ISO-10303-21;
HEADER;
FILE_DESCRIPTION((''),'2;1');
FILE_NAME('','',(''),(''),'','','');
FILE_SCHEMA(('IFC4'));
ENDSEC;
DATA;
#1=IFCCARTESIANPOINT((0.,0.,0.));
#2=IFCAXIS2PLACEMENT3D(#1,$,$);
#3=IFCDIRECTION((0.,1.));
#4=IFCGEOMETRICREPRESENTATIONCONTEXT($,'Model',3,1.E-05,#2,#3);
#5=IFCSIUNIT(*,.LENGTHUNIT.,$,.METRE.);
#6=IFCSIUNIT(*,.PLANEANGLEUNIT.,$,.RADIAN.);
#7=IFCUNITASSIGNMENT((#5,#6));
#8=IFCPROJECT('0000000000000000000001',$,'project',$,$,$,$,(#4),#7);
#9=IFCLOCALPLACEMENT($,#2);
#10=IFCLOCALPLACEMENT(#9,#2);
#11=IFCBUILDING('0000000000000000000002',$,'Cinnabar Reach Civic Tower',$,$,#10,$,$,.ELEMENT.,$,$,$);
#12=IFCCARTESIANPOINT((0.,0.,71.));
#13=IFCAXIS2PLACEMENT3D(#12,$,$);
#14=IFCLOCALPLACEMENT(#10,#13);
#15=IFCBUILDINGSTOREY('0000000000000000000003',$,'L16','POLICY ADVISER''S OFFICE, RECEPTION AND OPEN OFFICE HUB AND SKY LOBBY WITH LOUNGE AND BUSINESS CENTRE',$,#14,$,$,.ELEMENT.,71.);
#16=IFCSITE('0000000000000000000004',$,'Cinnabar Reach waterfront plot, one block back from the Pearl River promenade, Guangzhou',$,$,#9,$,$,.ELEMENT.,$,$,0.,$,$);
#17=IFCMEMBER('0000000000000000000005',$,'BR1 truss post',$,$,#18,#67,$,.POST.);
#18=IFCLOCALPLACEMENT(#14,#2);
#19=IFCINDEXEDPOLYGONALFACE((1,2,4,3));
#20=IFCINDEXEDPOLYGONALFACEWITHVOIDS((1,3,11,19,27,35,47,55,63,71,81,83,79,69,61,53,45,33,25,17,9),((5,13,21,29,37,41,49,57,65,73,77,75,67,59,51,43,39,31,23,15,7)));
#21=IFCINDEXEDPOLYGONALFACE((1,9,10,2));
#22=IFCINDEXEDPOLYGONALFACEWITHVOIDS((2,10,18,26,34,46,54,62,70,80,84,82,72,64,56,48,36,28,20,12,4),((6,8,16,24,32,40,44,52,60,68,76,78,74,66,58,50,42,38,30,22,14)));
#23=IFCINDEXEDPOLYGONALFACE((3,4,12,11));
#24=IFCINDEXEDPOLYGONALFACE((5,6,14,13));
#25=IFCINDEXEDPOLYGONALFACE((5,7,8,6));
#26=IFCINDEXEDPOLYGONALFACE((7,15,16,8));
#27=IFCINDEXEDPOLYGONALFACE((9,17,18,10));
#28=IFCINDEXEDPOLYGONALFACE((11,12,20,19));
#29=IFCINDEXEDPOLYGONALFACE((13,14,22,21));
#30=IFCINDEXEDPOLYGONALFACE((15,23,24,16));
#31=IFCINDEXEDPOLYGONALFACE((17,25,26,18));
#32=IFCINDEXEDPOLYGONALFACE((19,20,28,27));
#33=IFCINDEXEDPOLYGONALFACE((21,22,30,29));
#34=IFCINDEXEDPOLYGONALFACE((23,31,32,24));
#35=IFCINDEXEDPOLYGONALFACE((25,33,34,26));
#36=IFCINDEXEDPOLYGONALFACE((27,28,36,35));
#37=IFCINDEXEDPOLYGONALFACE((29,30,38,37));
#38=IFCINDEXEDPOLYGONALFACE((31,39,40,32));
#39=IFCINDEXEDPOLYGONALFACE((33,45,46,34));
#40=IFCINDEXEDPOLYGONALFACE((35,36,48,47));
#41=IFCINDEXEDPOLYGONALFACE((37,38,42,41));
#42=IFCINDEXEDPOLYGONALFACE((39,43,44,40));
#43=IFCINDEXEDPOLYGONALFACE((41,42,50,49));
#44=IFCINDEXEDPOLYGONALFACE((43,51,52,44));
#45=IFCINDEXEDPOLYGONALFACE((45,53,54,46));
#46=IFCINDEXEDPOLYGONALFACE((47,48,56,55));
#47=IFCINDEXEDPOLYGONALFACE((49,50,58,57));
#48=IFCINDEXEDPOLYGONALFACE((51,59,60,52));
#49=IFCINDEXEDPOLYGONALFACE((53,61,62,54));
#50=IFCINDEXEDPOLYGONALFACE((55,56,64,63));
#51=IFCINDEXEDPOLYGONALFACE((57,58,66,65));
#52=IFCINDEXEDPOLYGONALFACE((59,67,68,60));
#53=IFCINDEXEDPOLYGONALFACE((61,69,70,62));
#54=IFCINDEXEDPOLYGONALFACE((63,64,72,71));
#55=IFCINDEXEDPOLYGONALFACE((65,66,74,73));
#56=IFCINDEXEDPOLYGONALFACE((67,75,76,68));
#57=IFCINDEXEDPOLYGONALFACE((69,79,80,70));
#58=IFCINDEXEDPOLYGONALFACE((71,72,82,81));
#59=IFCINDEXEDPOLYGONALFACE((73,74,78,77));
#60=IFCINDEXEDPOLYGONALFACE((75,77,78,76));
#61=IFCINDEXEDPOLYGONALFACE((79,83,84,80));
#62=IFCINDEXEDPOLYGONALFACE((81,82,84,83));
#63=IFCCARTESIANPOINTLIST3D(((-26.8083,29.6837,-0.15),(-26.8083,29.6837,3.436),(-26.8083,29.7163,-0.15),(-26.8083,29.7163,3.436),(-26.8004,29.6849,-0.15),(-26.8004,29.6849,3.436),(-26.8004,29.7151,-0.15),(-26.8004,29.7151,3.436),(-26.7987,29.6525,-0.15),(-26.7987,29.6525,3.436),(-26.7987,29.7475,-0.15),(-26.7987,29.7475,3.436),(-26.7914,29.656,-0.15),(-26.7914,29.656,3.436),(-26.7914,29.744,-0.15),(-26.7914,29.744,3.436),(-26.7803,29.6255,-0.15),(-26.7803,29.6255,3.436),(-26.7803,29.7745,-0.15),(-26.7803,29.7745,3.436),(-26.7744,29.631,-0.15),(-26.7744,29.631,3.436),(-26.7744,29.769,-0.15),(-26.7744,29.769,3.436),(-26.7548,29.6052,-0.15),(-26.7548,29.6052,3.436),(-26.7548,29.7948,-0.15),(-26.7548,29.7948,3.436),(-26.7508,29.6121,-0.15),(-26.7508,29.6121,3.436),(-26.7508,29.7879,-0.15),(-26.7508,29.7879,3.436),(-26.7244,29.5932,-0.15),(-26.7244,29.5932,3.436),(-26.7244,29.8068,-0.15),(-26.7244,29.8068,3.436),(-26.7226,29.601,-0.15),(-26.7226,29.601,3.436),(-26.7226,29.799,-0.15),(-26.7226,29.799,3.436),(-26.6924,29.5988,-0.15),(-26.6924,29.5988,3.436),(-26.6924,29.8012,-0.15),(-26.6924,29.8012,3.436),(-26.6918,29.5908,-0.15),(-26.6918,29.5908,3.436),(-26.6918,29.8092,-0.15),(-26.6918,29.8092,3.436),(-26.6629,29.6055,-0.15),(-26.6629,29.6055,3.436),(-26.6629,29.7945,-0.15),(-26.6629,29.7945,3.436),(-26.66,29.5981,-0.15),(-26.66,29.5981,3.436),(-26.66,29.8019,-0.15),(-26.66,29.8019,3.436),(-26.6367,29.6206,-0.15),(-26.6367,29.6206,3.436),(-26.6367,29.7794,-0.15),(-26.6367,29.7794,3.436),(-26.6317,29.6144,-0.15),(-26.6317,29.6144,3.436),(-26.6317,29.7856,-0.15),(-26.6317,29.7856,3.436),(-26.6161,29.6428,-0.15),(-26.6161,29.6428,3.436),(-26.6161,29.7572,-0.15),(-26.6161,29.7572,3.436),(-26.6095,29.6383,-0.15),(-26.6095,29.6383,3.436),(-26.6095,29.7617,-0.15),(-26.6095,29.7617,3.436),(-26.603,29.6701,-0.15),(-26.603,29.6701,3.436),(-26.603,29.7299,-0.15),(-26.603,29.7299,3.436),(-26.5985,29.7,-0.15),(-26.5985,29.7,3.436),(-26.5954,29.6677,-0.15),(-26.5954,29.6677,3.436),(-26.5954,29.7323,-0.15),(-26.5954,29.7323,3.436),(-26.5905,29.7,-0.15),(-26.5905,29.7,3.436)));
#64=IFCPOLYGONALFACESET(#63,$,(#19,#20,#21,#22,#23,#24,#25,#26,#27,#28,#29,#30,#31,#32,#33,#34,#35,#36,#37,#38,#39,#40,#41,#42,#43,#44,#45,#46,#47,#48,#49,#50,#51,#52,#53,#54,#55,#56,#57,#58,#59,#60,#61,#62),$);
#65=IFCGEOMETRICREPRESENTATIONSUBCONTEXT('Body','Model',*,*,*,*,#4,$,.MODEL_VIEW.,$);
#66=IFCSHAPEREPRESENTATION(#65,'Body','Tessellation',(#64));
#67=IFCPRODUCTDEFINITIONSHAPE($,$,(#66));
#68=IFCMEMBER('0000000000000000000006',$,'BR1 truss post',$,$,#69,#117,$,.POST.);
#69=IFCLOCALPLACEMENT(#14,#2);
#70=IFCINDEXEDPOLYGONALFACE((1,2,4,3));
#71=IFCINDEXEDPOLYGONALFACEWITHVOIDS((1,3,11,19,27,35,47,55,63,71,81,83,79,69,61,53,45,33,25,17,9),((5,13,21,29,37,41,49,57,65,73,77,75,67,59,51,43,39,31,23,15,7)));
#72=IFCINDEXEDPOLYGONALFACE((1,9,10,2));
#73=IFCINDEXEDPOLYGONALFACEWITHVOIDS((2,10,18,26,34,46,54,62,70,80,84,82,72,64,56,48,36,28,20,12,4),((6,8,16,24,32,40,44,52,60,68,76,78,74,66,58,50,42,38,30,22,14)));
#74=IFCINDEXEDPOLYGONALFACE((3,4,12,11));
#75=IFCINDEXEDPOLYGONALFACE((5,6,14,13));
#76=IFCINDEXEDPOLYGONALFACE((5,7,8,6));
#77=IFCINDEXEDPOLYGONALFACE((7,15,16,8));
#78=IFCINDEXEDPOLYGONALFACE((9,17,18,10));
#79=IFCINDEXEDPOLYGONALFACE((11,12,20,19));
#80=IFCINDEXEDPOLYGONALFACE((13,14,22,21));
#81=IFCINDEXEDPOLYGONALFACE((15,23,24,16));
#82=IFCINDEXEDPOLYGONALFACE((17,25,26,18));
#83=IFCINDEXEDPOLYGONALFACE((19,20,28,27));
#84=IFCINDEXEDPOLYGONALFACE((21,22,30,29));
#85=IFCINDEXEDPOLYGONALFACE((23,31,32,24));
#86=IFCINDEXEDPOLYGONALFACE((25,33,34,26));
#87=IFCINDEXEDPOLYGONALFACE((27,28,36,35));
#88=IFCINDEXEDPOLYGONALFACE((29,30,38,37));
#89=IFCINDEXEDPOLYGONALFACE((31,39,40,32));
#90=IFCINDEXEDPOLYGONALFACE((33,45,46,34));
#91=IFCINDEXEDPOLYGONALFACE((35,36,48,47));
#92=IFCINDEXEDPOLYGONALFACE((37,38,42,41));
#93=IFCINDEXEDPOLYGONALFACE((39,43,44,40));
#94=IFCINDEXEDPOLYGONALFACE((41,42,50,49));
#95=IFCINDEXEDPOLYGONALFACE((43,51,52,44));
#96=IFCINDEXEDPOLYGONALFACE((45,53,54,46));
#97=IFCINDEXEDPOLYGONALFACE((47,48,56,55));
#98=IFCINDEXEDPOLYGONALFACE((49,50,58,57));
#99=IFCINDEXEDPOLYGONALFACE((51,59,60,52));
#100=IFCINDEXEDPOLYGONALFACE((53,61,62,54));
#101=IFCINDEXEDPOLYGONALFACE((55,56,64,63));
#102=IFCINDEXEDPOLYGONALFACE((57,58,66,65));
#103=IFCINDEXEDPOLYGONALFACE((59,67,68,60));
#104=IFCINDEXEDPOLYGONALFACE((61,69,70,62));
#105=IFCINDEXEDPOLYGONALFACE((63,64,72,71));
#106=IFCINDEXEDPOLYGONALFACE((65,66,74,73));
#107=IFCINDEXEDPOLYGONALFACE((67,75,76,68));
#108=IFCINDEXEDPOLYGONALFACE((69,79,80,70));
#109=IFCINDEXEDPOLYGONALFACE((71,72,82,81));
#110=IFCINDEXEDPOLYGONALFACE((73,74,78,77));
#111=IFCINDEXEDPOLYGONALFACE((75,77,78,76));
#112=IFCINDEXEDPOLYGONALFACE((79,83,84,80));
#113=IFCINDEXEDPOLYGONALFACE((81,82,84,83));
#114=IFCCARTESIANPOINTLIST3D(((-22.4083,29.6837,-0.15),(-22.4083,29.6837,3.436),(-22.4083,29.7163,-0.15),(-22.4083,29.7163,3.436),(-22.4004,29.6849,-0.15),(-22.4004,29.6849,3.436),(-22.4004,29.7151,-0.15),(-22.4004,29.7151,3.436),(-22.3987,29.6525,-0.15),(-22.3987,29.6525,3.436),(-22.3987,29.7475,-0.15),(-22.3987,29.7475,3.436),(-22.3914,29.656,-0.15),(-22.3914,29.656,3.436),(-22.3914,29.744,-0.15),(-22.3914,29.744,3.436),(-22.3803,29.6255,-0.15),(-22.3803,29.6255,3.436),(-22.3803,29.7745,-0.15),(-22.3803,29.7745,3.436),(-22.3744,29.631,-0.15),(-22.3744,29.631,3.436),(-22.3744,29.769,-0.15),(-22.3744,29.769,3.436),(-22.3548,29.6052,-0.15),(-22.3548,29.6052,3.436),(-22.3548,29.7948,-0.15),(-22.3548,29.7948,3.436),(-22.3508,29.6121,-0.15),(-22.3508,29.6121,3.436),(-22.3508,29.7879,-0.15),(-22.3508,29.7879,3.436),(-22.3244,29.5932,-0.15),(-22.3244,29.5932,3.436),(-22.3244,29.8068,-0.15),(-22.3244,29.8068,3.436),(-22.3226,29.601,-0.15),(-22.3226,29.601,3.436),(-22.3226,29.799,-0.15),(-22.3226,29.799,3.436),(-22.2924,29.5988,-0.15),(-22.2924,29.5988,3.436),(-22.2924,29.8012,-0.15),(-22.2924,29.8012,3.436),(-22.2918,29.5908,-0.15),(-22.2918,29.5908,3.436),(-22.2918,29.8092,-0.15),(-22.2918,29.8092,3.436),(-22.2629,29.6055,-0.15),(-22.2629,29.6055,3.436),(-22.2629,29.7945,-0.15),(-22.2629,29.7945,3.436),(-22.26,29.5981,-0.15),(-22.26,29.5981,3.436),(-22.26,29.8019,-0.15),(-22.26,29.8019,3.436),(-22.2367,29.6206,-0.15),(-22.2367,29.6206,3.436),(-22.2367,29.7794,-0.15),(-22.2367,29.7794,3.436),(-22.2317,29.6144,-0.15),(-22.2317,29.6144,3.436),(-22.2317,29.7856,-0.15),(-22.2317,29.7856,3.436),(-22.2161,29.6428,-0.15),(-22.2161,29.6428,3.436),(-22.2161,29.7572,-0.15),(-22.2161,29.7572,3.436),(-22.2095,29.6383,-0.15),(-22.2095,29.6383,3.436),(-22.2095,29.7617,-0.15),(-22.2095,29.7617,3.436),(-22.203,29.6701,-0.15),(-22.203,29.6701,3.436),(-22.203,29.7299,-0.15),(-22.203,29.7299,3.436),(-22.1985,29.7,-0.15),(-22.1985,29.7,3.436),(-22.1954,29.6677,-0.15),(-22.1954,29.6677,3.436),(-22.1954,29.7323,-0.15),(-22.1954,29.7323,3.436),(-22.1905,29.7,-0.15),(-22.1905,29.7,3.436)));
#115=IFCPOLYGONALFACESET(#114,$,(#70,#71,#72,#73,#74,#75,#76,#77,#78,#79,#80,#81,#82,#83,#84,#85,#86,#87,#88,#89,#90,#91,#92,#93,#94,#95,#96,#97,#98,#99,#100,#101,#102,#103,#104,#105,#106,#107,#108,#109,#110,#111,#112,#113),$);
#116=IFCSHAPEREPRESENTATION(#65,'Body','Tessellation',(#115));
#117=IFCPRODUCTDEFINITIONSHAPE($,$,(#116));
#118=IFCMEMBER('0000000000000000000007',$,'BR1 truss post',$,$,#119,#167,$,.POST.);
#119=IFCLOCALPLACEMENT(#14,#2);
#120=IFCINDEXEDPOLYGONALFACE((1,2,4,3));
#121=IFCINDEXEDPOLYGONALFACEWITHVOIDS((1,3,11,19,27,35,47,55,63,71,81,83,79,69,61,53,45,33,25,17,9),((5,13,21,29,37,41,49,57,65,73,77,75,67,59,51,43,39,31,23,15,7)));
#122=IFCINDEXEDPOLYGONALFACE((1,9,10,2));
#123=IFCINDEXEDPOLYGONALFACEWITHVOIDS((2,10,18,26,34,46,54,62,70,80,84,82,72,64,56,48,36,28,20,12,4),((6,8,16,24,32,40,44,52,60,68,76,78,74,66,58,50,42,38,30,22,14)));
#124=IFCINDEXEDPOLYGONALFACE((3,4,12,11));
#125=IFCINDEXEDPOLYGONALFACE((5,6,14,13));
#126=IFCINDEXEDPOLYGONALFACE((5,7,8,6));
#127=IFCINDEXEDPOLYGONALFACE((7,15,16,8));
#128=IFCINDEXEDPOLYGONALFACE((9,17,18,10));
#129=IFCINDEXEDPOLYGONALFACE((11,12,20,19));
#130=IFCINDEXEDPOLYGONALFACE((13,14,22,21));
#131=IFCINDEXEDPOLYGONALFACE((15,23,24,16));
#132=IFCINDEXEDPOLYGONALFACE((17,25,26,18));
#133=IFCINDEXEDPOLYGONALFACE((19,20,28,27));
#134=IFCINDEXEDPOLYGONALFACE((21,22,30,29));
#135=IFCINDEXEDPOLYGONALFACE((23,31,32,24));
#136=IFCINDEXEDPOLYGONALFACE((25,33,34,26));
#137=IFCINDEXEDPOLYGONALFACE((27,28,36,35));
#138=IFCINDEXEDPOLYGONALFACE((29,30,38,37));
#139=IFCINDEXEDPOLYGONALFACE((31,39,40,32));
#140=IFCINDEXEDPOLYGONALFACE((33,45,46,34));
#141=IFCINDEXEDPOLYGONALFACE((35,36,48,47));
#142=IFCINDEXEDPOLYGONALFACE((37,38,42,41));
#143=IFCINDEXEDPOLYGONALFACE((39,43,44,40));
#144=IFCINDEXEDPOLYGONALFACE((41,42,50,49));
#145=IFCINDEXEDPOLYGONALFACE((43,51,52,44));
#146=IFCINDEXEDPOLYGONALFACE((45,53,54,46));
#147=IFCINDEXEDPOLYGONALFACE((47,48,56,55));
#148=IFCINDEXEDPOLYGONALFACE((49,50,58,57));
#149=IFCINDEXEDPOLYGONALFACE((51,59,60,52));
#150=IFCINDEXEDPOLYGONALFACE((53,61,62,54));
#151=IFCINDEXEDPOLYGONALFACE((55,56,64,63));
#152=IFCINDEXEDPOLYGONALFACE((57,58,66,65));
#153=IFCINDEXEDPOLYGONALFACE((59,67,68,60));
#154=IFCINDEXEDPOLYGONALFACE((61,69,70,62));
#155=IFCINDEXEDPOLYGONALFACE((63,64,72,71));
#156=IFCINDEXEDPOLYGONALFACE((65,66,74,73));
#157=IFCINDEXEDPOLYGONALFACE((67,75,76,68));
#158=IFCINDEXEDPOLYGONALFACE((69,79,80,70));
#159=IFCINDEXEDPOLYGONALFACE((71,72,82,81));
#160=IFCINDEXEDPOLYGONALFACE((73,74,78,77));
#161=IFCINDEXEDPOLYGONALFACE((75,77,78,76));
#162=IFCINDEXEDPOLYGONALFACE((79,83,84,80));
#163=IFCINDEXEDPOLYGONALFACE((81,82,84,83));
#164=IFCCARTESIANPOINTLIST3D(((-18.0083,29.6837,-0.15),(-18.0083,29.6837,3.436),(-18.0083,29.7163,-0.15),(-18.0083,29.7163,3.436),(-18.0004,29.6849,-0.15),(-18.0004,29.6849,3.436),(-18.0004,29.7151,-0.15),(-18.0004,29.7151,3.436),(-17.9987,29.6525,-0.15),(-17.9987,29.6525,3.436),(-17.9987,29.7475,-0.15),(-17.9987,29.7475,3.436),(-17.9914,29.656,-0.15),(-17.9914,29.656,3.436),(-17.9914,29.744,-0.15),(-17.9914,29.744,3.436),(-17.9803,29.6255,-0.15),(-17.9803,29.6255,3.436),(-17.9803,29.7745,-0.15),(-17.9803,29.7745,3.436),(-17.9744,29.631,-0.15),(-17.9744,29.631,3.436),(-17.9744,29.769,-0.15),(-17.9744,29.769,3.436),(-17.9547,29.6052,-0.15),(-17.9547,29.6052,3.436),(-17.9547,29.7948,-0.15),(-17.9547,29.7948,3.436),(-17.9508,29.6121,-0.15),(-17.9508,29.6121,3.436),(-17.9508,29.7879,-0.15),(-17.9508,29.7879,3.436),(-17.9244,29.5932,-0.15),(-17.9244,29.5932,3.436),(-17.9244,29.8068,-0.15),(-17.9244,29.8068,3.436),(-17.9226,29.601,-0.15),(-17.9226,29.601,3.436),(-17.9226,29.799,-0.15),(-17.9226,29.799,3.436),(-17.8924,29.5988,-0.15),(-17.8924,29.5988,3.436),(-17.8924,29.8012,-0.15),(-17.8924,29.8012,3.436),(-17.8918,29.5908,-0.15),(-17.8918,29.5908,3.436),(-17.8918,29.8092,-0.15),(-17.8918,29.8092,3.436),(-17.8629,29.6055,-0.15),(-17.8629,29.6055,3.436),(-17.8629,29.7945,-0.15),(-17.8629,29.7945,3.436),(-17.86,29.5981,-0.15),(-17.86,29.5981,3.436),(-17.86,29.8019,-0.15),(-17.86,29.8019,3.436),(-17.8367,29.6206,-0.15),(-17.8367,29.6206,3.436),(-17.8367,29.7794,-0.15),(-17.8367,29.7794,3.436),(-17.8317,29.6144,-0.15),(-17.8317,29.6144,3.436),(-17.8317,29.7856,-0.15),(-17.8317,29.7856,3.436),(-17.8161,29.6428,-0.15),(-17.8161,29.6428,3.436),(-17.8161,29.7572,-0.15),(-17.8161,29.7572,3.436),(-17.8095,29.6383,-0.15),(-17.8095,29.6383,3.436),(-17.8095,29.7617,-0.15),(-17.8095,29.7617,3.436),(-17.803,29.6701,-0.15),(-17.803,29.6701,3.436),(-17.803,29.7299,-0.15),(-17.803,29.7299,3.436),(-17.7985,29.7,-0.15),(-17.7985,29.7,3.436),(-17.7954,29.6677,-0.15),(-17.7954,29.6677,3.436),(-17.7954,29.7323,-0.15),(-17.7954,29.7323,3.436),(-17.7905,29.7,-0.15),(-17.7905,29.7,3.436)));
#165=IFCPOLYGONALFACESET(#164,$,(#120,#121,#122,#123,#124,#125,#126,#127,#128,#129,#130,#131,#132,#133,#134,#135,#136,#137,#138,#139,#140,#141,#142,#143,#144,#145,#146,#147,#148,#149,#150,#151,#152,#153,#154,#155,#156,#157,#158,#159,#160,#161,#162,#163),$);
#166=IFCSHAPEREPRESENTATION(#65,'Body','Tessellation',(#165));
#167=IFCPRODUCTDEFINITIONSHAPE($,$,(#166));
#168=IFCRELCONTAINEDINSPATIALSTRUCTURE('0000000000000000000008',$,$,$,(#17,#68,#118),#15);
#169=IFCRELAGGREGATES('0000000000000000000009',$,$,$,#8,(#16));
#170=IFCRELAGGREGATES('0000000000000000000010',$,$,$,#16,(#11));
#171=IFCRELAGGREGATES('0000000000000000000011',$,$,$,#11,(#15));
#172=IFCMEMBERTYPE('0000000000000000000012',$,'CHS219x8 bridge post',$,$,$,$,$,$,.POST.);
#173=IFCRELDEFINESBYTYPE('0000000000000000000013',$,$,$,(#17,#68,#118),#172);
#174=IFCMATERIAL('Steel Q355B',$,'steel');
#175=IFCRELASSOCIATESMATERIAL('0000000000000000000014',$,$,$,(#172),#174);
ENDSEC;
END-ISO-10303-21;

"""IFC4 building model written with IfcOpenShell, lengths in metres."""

from ifc_helpers import new_model, si_unit, direction, frame, origin, origin_2d, place, context, subcontext, project, spatial, hollow_circle, extrude, material, material_profile, profile_set, type_object, element, save


model = new_model("IFC4")

# Units and contexts
model_context = context("Model", 3, precision=1e-05, world=origin(), true_north=direction((0.0, 1.0)))
body_context = subcontext(model_context, "Body", "Model", "MODEL_VIEW")
ifc_project = project(units=[si_unit("LENGTHUNIT", "METRE"), si_unit("PLANEANGLEUNIT", "RADIAN")], contexts=[model_context])

# Site, building, storey
site_placement = place(None, origin())
site = spatial("IfcSite", under=ifc_project, at=site_placement, Name="Cinnabar Reach waterfront plot, one block back from the Pearl River promenade, Guangzhou", CompositionType="ELEMENT", RefElevation=0.0)
building_placement = place(site_placement, origin())
building = spatial("IfcBuilding", under=site, at=building_placement, Name="Cinnabar Reach Civic Tower", CompositionType="ELEMENT")
storey_placement = place(building_placement, frame((0.0, 0.0, 71.0)))
storey = spatial("IfcBuildingStorey", under=building, at=storey_placement, Name="L16", Description="POLICY ADVISER'S OFFICE, RECEPTION AND OPEN OFFICE HUB AND SKY LOBBY WITH LOUNGE AND BUSINESS CENTRE", CompositionType="ELEMENT", Elevation=71.0)

# Members
ifc_material_1 = material(Name="Steel Q355B", Category="steel")
ifc_material_profile_1 = material_profile(ifc_material_1, hollow_circle(Radius=0.1095, WallThickness=0.008, at=origin_2d()), Name="CHS219x8")
ifc_profile_set_1 = profile_set([ifc_material_profile_1], Name="Steel Q355B")
member_type_1 = type_object("IfcMemberType", Name="CHS219x8 bridge post", PredefinedType="POST", material=ifc_profile_set_1)
for number, where, z_axis, x_axis, name in (
    (1, (-26.7, 29.7, -0.15), (0.0, 0.0, 1.0), (1.0, 0.0, 0.0), "BR1 truss post"),
    (2, (-22.3, 29.7, -0.15), (0.0, 0.0, 1.0), (1.0, 0.0, 0.0), "BR1 truss post"),
    (3, (-17.9, 29.7, -0.15), (0.0, 0.0, 1.0), (1.0, 0.0, 0.0), "BR1 truss post"),
):
    element("IfcMember", number, at=place(storey_placement, frame(where, z_axis=z_axis, x_axis=x_axis)), inside=storey, type_object=member_type_1, Name=name, PredefinedType="POST", context=body_context, shape_type="SweptSolid", body=[
        extrude(hollow_circle(Radius=0.1095, WallThickness=0.008, at=origin_2d()), origin(), (0.0, 0.0, 1.0), 3.586),
    ])

save(model, "model.ifc")
